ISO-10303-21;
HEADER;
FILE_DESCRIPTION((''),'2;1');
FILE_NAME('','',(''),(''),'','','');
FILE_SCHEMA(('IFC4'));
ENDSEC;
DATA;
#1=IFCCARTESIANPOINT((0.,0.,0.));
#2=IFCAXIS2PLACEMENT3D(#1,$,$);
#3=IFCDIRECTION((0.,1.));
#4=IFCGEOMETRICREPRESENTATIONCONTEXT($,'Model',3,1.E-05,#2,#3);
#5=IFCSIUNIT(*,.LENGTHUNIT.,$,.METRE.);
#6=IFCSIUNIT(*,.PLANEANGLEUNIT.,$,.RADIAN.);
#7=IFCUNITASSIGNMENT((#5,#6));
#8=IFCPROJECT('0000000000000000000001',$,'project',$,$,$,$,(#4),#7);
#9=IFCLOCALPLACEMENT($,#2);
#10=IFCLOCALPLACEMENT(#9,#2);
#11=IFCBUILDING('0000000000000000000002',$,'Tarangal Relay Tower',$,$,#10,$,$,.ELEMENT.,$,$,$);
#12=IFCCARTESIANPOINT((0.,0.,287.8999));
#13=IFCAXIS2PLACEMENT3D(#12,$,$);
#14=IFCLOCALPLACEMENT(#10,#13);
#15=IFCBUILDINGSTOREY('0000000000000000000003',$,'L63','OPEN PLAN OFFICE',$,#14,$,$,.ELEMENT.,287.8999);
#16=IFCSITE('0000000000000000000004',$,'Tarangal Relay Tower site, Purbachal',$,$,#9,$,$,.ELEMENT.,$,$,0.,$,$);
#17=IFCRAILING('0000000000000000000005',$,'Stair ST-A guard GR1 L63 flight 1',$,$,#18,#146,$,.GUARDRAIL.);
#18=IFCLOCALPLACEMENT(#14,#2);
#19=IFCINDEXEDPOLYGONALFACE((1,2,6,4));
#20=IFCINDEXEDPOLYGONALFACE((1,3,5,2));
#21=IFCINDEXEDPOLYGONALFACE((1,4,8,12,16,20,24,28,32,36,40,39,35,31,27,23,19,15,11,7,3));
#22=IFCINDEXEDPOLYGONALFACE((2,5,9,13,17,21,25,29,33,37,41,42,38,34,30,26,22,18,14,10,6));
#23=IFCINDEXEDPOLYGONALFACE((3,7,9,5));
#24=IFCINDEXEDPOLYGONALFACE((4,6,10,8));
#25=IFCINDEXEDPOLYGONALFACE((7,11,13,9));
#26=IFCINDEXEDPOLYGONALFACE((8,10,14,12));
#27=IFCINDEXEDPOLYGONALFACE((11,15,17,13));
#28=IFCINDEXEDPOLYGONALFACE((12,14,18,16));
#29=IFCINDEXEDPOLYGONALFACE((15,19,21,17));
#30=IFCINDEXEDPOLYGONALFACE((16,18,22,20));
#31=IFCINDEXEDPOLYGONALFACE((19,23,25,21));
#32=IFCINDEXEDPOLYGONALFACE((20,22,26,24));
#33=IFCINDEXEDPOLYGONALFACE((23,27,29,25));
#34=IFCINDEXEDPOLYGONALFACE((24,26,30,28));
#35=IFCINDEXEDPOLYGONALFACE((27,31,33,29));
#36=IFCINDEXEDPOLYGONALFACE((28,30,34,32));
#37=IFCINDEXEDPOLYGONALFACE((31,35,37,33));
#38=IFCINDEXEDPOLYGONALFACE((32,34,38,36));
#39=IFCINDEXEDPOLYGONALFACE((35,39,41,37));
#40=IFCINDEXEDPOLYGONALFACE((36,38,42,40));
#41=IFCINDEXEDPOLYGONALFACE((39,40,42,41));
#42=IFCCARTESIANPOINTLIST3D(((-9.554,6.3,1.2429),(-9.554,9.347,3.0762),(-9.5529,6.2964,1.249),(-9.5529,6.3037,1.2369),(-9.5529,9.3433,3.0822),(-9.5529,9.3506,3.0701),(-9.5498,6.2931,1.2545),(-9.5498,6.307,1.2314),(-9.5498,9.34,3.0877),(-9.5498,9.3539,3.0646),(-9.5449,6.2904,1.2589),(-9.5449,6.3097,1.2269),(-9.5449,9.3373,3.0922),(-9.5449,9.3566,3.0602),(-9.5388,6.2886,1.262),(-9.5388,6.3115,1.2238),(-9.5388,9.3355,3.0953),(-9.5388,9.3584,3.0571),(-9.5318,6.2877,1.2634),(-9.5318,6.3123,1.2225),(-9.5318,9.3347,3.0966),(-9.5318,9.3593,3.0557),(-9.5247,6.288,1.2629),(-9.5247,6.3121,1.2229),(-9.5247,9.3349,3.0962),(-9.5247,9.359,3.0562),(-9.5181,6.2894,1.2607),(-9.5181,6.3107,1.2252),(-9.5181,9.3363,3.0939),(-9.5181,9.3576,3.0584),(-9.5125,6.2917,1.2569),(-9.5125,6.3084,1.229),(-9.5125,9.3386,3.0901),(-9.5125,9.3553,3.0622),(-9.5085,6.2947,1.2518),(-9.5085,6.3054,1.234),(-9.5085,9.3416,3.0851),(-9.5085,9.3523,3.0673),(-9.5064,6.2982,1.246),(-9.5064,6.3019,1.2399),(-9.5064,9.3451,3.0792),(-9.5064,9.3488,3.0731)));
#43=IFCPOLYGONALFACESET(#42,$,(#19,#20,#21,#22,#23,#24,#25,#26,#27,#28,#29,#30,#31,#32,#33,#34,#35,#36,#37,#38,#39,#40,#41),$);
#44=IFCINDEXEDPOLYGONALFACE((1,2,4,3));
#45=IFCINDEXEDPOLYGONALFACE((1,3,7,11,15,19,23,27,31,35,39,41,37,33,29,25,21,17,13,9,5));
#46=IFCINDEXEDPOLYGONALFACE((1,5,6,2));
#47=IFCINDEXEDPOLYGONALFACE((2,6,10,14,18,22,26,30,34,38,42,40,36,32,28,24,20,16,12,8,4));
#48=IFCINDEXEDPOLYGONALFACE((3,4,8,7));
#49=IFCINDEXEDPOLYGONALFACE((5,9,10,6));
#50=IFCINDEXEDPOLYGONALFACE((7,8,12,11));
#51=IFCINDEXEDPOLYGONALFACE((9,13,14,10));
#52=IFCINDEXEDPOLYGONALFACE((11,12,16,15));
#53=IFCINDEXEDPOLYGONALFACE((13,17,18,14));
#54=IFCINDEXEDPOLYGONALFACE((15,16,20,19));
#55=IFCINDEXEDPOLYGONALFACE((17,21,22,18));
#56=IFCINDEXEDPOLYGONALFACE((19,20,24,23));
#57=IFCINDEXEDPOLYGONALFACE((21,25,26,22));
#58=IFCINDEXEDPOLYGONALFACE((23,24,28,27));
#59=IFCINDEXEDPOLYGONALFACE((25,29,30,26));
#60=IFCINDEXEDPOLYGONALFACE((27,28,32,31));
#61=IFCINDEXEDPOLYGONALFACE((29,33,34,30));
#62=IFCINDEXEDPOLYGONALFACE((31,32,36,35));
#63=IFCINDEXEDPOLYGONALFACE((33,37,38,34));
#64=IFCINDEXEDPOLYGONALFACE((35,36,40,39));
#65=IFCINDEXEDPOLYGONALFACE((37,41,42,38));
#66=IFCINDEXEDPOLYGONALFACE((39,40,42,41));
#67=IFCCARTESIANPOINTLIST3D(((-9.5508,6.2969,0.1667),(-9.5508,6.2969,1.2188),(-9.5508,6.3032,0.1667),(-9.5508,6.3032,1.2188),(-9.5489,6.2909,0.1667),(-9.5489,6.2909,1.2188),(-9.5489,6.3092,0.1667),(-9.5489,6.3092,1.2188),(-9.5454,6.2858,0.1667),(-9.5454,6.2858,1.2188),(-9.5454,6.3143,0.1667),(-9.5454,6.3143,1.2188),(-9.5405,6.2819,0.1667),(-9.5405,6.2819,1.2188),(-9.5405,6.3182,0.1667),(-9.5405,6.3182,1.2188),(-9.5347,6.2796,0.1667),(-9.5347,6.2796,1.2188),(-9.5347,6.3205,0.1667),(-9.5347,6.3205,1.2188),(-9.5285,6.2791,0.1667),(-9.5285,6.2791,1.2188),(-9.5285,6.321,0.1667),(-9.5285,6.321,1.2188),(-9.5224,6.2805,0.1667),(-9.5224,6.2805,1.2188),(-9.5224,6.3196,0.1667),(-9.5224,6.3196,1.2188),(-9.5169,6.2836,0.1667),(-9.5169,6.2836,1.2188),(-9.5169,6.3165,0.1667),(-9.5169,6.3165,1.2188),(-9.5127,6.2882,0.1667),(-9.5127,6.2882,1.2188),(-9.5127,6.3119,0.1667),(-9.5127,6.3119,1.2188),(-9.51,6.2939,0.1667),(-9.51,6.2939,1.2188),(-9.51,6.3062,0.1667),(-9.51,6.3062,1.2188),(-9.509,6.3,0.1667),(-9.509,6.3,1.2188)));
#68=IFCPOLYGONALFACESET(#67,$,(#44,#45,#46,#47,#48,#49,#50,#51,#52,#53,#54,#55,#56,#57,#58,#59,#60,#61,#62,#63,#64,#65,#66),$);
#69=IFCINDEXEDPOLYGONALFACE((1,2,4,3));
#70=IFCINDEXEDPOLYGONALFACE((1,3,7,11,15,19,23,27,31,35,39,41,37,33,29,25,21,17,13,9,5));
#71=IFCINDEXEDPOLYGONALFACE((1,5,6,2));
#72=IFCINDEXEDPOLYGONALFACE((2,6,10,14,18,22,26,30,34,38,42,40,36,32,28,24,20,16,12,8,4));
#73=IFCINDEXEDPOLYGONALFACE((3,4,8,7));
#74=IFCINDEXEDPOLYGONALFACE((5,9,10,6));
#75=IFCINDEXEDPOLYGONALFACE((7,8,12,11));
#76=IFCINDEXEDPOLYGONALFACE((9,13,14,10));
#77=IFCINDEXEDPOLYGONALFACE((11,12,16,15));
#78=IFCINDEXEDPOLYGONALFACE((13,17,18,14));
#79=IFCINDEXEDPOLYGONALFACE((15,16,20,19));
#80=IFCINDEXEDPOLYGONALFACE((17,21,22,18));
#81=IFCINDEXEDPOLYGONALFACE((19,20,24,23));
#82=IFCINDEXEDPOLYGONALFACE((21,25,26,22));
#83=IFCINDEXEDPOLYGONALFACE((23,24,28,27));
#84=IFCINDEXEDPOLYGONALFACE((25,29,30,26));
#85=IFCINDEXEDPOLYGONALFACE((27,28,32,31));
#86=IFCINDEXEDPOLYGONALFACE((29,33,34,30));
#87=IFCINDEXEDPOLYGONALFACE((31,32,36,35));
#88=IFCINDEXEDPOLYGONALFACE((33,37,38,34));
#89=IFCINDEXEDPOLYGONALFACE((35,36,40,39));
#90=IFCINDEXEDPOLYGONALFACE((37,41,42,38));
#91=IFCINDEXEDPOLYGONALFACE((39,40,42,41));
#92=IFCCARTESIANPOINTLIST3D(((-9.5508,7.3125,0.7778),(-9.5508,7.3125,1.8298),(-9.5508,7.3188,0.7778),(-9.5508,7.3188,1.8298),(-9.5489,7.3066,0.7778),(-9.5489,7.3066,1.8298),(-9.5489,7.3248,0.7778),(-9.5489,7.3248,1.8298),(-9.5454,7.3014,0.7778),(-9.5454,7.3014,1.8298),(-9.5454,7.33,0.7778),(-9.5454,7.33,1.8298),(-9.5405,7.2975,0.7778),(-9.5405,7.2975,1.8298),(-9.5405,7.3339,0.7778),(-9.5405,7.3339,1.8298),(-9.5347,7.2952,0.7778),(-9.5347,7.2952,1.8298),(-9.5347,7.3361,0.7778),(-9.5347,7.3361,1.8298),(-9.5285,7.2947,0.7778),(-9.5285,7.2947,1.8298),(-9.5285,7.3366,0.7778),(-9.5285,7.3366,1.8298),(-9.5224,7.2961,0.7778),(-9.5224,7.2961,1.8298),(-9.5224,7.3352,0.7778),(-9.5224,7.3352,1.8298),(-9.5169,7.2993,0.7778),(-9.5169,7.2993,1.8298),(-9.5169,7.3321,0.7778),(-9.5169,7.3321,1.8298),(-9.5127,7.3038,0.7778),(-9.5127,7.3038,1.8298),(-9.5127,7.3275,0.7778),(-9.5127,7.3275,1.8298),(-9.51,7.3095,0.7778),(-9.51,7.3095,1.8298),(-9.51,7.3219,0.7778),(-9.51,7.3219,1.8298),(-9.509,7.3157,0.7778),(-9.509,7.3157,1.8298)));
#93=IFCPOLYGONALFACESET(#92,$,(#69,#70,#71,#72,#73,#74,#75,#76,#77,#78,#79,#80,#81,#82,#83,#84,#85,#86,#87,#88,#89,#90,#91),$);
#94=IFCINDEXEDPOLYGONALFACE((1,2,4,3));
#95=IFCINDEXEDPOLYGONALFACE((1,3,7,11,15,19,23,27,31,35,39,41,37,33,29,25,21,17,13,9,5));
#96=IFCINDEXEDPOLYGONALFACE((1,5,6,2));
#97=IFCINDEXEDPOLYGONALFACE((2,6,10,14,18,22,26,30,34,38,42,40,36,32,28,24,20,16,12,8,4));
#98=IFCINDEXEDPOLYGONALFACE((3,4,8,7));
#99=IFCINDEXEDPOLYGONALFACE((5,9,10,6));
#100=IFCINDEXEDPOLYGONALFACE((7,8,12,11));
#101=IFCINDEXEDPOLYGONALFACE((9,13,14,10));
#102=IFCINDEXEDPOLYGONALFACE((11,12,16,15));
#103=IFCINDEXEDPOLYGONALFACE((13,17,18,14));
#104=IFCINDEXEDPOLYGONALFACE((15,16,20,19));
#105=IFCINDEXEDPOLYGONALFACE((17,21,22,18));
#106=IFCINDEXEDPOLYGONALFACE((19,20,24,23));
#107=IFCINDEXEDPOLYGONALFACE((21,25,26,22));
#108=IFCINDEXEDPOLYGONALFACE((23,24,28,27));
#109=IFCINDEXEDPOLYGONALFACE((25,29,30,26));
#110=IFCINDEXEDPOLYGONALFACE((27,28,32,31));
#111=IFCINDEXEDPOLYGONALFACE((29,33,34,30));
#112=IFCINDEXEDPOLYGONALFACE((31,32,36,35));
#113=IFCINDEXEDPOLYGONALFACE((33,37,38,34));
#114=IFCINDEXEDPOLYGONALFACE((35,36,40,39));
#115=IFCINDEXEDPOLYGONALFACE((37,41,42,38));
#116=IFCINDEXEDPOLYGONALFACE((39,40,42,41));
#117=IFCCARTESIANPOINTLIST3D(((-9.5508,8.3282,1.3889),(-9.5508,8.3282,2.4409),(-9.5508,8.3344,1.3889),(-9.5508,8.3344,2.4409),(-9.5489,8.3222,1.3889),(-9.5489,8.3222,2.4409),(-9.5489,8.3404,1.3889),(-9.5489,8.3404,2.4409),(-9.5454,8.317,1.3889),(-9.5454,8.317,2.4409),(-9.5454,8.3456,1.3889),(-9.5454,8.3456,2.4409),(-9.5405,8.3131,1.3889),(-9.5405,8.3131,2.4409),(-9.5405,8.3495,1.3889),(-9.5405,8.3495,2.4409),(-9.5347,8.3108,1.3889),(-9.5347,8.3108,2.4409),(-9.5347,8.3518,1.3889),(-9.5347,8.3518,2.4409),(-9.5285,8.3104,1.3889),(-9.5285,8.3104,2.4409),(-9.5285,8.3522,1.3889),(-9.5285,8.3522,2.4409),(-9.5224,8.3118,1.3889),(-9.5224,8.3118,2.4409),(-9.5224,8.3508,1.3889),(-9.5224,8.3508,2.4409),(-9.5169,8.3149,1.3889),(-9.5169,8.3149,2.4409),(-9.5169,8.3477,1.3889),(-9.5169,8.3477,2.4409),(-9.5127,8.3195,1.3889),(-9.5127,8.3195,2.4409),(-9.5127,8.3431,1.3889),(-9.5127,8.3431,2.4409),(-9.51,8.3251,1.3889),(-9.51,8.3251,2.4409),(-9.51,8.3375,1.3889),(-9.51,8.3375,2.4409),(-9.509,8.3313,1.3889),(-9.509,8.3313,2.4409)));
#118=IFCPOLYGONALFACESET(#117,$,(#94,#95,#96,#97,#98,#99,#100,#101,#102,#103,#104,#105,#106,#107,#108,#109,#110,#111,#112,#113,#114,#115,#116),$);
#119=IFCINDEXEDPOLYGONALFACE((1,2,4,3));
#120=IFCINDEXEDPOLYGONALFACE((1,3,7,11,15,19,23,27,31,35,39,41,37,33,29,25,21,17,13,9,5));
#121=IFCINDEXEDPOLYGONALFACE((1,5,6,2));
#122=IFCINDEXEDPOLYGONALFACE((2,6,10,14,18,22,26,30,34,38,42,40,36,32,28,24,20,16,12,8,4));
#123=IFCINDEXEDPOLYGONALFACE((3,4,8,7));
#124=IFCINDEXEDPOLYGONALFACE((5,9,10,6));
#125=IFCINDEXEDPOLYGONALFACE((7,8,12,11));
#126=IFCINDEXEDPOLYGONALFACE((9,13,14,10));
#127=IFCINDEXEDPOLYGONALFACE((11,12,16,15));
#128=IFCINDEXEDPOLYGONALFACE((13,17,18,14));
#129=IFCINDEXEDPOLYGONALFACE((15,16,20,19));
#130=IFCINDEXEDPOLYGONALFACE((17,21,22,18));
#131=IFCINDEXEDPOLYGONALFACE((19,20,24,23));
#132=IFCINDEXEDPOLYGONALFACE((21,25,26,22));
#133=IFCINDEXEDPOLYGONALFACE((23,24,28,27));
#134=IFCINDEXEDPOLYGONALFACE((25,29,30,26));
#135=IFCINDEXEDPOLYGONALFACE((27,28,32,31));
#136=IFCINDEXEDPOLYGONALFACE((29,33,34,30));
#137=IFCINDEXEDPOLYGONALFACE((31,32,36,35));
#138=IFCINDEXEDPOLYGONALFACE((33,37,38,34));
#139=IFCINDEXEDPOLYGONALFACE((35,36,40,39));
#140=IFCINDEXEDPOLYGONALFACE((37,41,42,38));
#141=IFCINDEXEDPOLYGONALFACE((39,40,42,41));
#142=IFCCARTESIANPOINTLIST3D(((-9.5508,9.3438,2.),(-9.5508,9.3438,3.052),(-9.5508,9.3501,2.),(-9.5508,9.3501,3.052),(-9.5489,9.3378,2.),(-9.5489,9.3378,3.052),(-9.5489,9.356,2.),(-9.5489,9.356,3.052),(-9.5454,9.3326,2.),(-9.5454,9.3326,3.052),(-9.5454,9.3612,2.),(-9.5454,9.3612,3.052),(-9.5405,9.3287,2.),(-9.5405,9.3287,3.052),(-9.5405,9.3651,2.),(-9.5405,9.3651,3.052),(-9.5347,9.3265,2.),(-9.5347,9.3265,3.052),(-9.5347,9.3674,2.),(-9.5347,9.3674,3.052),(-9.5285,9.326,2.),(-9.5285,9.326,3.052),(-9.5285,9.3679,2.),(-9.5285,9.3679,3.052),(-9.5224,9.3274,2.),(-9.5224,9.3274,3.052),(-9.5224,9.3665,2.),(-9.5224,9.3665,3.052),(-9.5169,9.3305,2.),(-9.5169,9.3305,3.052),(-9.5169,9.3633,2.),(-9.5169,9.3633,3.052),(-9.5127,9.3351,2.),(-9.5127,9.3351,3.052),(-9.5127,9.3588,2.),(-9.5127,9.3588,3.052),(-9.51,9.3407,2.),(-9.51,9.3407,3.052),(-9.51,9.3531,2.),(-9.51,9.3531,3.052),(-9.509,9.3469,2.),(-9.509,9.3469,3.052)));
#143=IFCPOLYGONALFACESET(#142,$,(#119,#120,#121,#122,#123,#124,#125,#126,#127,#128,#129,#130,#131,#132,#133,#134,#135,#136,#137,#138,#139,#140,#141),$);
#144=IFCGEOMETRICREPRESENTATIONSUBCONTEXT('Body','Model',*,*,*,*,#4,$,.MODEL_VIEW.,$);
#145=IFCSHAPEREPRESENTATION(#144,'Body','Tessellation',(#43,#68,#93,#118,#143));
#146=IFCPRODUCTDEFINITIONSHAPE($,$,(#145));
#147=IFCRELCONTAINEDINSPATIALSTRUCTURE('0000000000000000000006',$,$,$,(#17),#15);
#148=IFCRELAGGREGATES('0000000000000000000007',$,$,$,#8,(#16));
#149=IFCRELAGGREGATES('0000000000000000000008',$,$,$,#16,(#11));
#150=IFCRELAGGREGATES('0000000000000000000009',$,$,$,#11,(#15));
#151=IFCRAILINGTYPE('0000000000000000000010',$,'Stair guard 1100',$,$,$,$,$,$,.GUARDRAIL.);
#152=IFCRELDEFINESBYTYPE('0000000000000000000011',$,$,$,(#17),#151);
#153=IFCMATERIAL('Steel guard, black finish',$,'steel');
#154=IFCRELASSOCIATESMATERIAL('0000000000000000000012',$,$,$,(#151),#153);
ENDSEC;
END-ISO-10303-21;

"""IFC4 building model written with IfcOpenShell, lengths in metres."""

from ifc_helpers import new_model, si_unit, direction, frame, origin, origin_2d, place, context, subcontext, project, spatial, circle, extrude, material, type_object, element, save


model = new_model("IFC4")

# Units and contexts
model_context = context("Model", 3, precision=1e-05, world=origin(), true_north=direction((0.0, 1.0)))
body_context = subcontext(model_context, "Body", "Model", "MODEL_VIEW")
ifc_project = project(units=[si_unit("LENGTHUNIT", "METRE"), si_unit("PLANEANGLEUNIT", "RADIAN")], contexts=[model_context])

# Site, building, storey
site_placement = place(None, origin())
site = spatial("IfcSite", under=ifc_project, at=site_placement, Name="Tarangal Relay Tower site, Purbachal", CompositionType="ELEMENT", RefElevation=0.0)
building_placement = place(site_placement, origin())
building = spatial("IfcBuilding", under=site, at=building_placement, Name="Tarangal Relay Tower", CompositionType="ELEMENT")
storey_placement = place(building_placement, frame((0.0, 0.0, 287.8999)))
storey = spatial("IfcBuildingStorey", under=building, at=storey_placement, Name="L63", Description="OPEN PLAN OFFICE", CompositionType="ELEMENT", Elevation=287.8999)

# Railing
ifc_material_1 = material(Name="Steel guard, black finish", Category="steel")
railing_type_1 = type_object("IfcRailingType", Name="Stair guard 1100", PredefinedType="GUARDRAIL", material=ifc_material_1)
railing_1_placement = place(storey_placement, frame((-9.53, 6.3, 0.1667)))
element("IfcRailing", 1, at=railing_1_placement, inside=storey, type_object=railing_type_1, Name="Stair ST-A guard GR1 L63 flight 1", PredefinedType="GUARDRAIL", context=body_context, shape_type="SweptSolid", body=[
    extrude(circle(Radius=0.0239, at=origin_2d()), frame((0.0, 0.0, 1.0762), z_axis=(0.0, 0.856856, 0.515556), x_axis=(-1.0, 0.0, 0.0)), (0.0, 0.0, 1.0), 3.5559),
    extrude(circle(Radius=0.021, at=origin_2d()), origin(), (0.0, 0.0, 1.0), 1.052),
    extrude(circle(Radius=0.021, at=origin_2d()), frame((0.0, 1.0156, 0.6111)), (0.0, 0.0, 1.0), 1.052),
    extrude(circle(Radius=0.021, at=origin_2d()), frame((0.0, 2.0312, 1.2222)), (0.0, 0.0, 1.0), 1.052),
    extrude(circle(Radius=0.021, at=origin_2d()), frame((0.0, 3.0469, 1.8333)), (0.0, 0.0, 1.0), 1.052),
])

save(model, "model.ifc")
